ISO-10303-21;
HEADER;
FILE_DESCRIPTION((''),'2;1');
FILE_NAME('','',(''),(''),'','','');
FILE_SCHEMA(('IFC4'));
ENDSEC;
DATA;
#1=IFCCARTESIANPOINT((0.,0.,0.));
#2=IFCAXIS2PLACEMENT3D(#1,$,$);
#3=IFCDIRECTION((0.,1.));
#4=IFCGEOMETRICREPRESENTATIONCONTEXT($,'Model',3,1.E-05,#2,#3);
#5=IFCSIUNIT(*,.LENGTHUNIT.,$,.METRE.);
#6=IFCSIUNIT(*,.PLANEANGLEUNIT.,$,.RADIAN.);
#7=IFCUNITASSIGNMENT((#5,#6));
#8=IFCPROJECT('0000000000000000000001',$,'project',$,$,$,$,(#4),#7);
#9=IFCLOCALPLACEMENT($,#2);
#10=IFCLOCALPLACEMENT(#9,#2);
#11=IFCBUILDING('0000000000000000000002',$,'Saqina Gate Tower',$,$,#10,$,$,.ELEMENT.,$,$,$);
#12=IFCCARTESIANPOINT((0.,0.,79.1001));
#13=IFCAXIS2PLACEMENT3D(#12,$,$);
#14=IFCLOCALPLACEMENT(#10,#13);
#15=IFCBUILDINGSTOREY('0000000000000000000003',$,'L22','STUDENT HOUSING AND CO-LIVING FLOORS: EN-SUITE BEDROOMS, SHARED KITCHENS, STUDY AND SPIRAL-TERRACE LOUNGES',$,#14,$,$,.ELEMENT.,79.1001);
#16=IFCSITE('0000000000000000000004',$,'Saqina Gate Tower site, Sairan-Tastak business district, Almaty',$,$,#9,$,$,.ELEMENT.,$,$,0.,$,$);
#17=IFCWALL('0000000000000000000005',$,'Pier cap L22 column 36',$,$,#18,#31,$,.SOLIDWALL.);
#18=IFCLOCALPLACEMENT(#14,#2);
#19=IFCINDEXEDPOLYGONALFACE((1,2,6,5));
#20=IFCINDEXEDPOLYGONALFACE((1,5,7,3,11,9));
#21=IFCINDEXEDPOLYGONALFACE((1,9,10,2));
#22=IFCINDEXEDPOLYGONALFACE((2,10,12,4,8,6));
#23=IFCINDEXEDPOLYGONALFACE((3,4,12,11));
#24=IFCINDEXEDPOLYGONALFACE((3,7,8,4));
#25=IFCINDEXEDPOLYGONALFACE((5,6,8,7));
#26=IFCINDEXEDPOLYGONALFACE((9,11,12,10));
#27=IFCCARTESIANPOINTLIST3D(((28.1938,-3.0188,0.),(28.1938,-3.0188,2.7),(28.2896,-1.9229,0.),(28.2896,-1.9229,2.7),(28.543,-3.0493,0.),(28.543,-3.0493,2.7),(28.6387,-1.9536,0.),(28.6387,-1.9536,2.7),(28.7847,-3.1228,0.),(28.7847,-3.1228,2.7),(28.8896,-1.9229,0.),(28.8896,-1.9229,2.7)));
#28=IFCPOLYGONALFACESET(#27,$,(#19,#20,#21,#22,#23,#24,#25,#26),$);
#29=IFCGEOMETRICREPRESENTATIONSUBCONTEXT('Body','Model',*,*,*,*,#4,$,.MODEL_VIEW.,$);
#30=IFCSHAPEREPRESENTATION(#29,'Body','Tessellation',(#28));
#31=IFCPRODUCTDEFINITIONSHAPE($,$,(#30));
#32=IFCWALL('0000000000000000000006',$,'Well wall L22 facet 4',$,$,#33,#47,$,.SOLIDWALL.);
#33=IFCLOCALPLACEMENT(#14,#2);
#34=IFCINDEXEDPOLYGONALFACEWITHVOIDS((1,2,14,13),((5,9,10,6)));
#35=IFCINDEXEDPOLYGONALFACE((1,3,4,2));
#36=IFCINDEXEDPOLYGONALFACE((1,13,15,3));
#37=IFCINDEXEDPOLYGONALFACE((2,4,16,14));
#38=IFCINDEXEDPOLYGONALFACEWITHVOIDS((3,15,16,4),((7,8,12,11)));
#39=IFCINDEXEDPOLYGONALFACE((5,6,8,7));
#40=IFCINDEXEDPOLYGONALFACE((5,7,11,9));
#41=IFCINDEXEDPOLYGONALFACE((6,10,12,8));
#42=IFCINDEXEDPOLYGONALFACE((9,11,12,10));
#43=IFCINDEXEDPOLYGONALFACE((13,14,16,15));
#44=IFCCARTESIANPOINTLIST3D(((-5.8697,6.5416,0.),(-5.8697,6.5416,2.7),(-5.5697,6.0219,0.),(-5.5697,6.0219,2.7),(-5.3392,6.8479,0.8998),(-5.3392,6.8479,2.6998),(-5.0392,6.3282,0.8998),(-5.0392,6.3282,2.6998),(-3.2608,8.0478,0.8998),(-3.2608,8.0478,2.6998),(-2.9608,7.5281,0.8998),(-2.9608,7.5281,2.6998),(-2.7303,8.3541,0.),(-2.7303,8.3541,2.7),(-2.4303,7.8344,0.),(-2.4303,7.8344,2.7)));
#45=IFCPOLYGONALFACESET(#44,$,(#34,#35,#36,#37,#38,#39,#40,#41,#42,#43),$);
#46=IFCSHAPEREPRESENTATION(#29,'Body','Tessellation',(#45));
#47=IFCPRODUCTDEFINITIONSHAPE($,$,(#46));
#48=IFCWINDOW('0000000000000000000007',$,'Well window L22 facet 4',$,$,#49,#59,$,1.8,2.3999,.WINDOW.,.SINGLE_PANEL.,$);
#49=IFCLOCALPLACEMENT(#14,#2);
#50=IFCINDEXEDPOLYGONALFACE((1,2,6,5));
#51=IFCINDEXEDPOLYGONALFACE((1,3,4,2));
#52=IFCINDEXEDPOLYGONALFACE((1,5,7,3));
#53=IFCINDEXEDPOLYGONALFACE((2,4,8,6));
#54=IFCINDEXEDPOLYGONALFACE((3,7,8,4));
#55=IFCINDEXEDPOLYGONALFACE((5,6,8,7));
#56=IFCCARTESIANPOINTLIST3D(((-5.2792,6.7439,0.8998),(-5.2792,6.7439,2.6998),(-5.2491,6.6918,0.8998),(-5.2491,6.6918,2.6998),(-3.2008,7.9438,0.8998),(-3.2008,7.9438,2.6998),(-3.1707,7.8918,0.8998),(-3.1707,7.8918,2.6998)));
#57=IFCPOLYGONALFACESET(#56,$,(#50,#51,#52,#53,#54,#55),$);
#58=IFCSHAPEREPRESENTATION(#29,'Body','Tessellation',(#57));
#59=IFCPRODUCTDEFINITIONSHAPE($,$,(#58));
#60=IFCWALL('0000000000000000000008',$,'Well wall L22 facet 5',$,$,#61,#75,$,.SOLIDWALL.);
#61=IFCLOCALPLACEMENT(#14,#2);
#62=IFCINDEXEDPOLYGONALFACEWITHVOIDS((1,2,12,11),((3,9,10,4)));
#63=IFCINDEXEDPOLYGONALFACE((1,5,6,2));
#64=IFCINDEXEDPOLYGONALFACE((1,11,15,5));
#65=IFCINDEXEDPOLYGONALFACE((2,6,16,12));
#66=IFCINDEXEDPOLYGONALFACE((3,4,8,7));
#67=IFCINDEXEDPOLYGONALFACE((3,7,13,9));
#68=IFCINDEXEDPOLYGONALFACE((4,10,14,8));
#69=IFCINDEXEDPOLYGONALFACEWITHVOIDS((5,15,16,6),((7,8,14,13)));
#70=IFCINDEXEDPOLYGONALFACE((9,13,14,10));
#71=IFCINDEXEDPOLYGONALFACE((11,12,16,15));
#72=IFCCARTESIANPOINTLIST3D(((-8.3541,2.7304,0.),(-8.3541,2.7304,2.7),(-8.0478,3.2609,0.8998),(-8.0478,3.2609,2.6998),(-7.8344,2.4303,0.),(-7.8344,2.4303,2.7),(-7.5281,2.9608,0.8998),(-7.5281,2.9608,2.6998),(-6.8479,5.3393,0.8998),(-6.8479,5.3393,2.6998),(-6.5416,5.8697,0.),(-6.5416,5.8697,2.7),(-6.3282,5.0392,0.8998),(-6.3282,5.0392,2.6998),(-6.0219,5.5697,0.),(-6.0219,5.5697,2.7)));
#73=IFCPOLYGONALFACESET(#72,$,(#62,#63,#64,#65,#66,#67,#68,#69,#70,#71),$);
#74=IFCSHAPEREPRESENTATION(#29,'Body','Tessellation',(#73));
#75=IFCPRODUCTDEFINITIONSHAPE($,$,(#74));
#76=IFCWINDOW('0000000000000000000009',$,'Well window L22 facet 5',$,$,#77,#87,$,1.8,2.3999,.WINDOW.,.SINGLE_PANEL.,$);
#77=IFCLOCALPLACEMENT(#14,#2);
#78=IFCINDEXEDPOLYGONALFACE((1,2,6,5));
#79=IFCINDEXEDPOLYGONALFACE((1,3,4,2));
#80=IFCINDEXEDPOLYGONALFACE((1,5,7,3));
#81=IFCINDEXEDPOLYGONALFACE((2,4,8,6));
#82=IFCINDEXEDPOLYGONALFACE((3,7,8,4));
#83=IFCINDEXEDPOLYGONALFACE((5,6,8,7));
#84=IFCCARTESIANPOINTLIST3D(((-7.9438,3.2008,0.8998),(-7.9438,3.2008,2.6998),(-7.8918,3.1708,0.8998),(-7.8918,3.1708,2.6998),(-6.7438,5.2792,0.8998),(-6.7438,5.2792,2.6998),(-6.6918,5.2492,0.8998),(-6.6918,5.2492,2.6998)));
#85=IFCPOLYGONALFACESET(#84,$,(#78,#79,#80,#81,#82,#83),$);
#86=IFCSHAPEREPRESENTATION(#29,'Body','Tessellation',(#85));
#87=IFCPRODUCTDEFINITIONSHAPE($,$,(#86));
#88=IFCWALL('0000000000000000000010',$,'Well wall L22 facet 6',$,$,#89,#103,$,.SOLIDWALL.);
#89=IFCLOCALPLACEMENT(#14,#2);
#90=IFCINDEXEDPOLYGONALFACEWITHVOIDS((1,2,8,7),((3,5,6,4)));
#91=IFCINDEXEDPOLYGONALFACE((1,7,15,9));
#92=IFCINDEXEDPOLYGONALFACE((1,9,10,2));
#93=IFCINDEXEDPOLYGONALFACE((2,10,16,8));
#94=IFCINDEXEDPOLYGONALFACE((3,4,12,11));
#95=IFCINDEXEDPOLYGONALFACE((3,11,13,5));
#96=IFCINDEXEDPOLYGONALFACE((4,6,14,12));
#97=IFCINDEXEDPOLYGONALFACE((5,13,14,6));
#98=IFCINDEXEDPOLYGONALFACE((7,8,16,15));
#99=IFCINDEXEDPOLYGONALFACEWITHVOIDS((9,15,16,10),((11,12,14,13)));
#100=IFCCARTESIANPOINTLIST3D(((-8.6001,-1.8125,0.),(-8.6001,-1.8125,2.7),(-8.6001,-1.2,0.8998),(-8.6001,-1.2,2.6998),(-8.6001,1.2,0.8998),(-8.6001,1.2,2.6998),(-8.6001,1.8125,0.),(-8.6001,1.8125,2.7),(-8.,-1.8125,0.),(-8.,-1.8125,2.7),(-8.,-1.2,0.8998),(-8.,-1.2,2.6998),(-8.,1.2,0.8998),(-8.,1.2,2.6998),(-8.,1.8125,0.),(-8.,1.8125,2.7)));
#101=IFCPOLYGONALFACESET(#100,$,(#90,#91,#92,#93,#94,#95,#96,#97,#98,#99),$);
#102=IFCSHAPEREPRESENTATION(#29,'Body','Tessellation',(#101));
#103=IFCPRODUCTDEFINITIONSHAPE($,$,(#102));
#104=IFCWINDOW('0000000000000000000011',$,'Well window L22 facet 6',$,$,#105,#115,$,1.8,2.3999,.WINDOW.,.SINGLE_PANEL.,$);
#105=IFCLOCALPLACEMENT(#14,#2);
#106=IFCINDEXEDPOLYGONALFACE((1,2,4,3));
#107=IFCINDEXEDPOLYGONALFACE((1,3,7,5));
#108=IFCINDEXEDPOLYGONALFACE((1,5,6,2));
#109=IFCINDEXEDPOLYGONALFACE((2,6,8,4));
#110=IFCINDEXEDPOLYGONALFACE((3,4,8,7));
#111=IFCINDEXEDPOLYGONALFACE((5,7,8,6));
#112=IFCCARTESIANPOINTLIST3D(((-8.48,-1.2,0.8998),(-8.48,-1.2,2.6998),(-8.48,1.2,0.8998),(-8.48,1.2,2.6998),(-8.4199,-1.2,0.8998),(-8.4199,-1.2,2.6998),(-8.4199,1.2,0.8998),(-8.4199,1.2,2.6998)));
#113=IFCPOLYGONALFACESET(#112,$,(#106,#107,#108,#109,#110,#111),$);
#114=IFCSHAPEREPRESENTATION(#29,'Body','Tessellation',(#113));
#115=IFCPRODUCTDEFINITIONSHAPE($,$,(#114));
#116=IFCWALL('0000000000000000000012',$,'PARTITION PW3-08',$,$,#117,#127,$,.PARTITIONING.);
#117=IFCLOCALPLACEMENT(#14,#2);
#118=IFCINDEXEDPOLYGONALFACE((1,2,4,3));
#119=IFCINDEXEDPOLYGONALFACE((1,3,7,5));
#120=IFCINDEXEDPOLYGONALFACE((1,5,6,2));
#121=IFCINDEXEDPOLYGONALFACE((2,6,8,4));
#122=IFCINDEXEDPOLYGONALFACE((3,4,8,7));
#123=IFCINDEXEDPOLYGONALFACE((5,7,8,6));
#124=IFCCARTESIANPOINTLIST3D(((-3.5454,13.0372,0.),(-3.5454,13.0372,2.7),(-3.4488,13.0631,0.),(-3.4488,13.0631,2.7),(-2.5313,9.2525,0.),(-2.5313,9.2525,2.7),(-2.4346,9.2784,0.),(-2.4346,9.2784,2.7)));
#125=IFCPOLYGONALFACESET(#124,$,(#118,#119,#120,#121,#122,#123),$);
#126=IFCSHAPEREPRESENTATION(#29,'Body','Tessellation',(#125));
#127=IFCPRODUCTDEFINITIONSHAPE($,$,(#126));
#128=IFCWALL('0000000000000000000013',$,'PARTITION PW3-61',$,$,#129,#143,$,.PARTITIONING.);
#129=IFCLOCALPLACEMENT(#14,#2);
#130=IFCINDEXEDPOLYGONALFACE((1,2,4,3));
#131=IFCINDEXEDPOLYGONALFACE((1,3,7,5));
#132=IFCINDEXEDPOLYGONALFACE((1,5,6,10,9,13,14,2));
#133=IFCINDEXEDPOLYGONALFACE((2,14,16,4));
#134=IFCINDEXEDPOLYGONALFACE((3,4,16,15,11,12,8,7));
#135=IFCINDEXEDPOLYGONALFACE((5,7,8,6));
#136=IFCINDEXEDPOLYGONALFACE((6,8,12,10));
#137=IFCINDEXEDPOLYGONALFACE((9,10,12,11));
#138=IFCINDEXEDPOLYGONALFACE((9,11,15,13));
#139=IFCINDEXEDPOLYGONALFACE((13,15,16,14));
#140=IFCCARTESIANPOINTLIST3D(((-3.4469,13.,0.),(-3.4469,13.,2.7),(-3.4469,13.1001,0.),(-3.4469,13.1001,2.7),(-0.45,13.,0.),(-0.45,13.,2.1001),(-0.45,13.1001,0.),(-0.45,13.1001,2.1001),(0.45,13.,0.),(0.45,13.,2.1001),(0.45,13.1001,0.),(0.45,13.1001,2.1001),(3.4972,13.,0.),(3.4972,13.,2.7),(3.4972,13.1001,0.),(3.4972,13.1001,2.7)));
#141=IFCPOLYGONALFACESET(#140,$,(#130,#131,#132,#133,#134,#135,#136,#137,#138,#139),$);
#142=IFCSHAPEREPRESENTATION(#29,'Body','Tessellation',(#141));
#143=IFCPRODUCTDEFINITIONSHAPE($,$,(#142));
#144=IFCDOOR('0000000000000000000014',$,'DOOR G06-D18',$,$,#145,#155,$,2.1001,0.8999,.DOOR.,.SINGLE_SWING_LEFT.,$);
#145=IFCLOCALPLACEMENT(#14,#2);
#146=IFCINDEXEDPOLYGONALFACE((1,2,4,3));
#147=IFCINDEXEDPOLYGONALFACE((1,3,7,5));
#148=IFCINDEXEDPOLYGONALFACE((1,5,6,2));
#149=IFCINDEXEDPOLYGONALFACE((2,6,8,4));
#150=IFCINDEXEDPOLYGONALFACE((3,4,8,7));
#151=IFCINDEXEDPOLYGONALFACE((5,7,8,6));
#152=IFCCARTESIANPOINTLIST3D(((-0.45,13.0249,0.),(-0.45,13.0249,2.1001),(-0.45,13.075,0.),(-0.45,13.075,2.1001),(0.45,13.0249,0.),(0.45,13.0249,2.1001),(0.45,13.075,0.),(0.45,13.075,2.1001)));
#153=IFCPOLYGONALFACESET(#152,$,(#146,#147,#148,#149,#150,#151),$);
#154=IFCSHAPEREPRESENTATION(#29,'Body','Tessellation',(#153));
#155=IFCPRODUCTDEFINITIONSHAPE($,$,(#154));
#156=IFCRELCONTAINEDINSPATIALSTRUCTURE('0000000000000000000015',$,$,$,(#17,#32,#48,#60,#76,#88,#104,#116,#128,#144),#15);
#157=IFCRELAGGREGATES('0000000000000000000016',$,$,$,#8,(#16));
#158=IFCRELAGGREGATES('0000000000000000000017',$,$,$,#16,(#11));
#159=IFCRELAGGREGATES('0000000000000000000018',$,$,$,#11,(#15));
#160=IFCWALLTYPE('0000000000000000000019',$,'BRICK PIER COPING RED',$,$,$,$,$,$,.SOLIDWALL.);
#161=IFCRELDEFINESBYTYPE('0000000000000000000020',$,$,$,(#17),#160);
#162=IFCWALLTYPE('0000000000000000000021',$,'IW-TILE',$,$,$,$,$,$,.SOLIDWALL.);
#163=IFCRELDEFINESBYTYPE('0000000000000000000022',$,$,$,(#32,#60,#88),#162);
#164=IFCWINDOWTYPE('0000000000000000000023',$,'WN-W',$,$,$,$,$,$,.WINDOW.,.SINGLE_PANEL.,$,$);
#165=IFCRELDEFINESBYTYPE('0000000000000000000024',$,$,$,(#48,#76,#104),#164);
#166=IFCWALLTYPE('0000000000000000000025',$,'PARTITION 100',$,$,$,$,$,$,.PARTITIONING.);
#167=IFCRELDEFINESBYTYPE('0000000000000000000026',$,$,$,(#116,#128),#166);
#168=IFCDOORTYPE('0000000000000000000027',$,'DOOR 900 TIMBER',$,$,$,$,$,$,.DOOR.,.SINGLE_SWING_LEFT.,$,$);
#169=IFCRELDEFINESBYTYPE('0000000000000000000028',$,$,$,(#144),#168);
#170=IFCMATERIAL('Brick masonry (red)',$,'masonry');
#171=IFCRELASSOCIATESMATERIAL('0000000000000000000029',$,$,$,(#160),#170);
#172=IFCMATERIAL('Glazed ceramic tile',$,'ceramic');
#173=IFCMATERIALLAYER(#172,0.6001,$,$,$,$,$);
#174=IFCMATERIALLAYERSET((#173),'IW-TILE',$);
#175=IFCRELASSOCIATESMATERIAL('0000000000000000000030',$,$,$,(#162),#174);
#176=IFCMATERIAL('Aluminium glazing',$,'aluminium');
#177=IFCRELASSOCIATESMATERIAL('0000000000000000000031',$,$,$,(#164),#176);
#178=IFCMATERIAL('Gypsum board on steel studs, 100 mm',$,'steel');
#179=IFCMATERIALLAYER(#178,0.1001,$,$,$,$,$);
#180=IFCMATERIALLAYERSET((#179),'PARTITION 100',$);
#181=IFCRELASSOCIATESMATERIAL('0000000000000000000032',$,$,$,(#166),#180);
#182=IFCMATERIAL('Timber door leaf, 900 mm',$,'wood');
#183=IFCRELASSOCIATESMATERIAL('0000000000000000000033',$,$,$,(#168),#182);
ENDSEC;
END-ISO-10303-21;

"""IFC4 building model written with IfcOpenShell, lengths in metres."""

from ifc_helpers import new_model, si_unit, direction, frame, frame_2d, origin, place, context, subcontext, project, spatial, polyline, rectangle, outline, extrude, material, layer, layer_set, type_object, element, fill, save


model = new_model("IFC4")

# Units and contexts
model_context = context("Model", 3, precision=1e-05, world=origin(), true_north=direction((0.0, 1.0)))
body_context = subcontext(model_context, "Body", "Model", "MODEL_VIEW")
ifc_project = project(units=[si_unit("LENGTHUNIT", "METRE"), si_unit("PLANEANGLEUNIT", "RADIAN")], contexts=[model_context])

# Site, building, storey
site_placement = place(None, origin())
site = spatial("IfcSite", under=ifc_project, at=site_placement, Name="Saqina Gate Tower site, Sairan-Tastak business district, Almaty", CompositionType="ELEMENT", RefElevation=0.0)
building_placement = place(site_placement, origin())
building = spatial("IfcBuilding", under=site, at=building_placement, Name="Saqina Gate Tower", CompositionType="ELEMENT")
storey_placement = place(building_placement, frame((0.0, 0.0, 79.1001)))
storey = spatial("IfcBuildingStorey", under=building, at=storey_placement, Name="L22", Description="STUDENT HOUSING AND CO-LIVING FLOORS: EN-SUITE BEDROOMS, SHARED KITCHENS, STUDY AND SPIRAL-TERRACE LOUNGES", CompositionType="ELEMENT", Elevation=79.1001)

# Wall
ifc_material_1 = material(Name="Brick masonry (red)", Category="masonry")
wall_type_1 = type_object("IfcWallType", Name="BRICK PIER COPING RED", PredefinedType="SOLIDWALL", material=ifc_material_1)
wall_1_placement = place(storey_placement, origin())
element("IfcWall", 1, at=wall_1_placement, inside=storey, type_object=wall_type_1, Name="Pier cap L22 column 36", PredefinedType="SOLIDWALL", context=body_context, shape_type="SweptSolid", body=[
    extrude(outline(polyline([(28.7847, -3.1228), (28.8896, -1.9229), (28.2896, -1.9229), (28.6387, -1.9536), (28.543, -3.0493), (28.1938, -3.0188), (28.7847, -3.1228)])), origin(), (0.0, 0.0, 1.0), 2.7),
])

# Walls, openings, windows
ifc_material_2 = material(Name="Glazed ceramic tile", Category="ceramic")
ifc_layer_1 = layer(ifc_material_2, 0.6001)
ifc_layer_set_1 = layer_set([ifc_layer_1], Name="IW-TILE")
wall_type_2 = type_object("IfcWallType", Name="IW-TILE", PredefinedType="SOLIDWALL", material=ifc_layer_set_1)
wall_2_placement = place(storey_placement, frame((-2.5803, 8.0942, 0.0), z_axis=(0.0, 0.0, 1.0), x_axis=(-0.86603, -0.499993, 0.0)))
wall_2 = element("IfcWall", 2, at=wall_2_placement, inside=storey, type_object=wall_type_2, Name="Well wall L22 facet 4", PredefinedType="SOLIDWALL", context=body_context, shape_type="SweptSolid", body=[
    extrude(rectangle(XDim=3.625, YDim=0.6001, at=frame_2d((1.8125, 0.0))), origin(), (0.0, 0.0, 1.0), 2.7),
])
opening_1_placement = place(wall_2_placement, frame((0.6125, 0.0, 0.8999)))
opening_1 = element("IfcOpeningElement", 3, at=opening_1_placement, cuts=wall_2, PredefinedType="OPENING", context=body_context, shape_type="SweptSolid", body=[
    extrude(rectangle(XDim=2.3999, YDim=1.8, at=frame_2d((1.2, 0.8999))), frame((0.0, 0.312, 0.0), z_axis=(0.0, -1.0, 0.0), x_axis=(1.0, 0.0, 0.0)), (0.0, 0.0, 1.0), 0.624),
])
ifc_material_3 = material(Name="Aluminium glazing", Category="aluminium")
window_type = type_object("IfcWindowType", Name="WN-W", PartitioningType="SINGLE_PANEL", PredefinedType="WINDOW", material=ifc_material_3)
window_1_placement = place(opening_1_placement, origin())
window_1 = element("IfcWindow", 4, at=window_1_placement, inside=storey, type_object=window_type, Name="Well window L22 facet 4", OverallHeight=1.8, OverallWidth=2.3999, PartitioningType="SINGLE_PANEL", PredefinedType="WINDOW", context=body_context, shape_type="SweptSolid", body=[
    extrude(rectangle(XDim=2.3999, YDim=1.8, at=frame_2d((1.2, 0.8999))), frame((0.0, -0.1199, 0.0), z_axis=(0.0, -1.0, 0.0), x_axis=(1.0, 0.0, 0.0)), (0.0, 0.0, 1.0), 0.0601),
])
fill(opening_1, window_1)
wall_3_placement = place(storey_placement, frame((-6.2817, 5.7197, 0.0), z_axis=(0.0, 0.0, 1.0), x_axis=(-0.499993, -0.86603, 0.0)))
wall_3 = element("IfcWall", 5, at=wall_3_placement, inside=storey, type_object=wall_type_2, Name="Well wall L22 facet 5", PredefinedType="SOLIDWALL", context=body_context, shape_type="SweptSolid", body=[
    extrude(rectangle(XDim=3.625, YDim=0.6001, at=frame_2d((1.8125, 0.0))), origin(), (0.0, 0.0, 1.0), 2.7),
])
opening_2_placement = place(wall_3_placement, frame((0.6125, 0.0, 0.8999)))
opening_2 = element("IfcOpeningElement", 6, at=opening_2_placement, cuts=wall_3, PredefinedType="OPENING", context=body_context, shape_type="SweptSolid", body=[
    extrude(rectangle(XDim=2.3999, YDim=1.8, at=frame_2d((1.2, 0.8999))), frame((0.0, 0.312, 0.0), z_axis=(0.0, -1.0, 0.0), x_axis=(1.0, 0.0, 0.0)), (0.0, 0.0, 1.0), 0.624),
])
window_2_placement = place(opening_2_placement, origin())
window_2 = element("IfcWindow", 7, at=window_2_placement, inside=storey, type_object=window_type, Name="Well window L22 facet 5", OverallHeight=1.8, OverallWidth=2.3999, PartitioningType="SINGLE_PANEL", PredefinedType="WINDOW", context=body_context, shape_type="SweptSolid", body=[
    extrude(rectangle(XDim=2.3999, YDim=1.8, at=frame_2d((1.2, 0.8999))), frame((0.0, -0.1199, 0.0), z_axis=(0.0, -1.0, 0.0), x_axis=(1.0, 0.0, 0.0)), (0.0, 0.0, 1.0), 0.0601),
])
fill(opening_2, window_2)
wall_4_placement = place(storey_placement, frame((-8.3, 1.8125, 0.0), z_axis=(0.0, 0.0, 1.0), x_axis=(0.0, -1.0, 0.0)))
wall_4 = element("IfcWall", 8, at=wall_4_placement, inside=storey, type_object=wall_type_2, Name="Well wall L22 facet 6", PredefinedType="SOLIDWALL", context=body_context, shape_type="SweptSolid", body=[
    extrude(rectangle(XDim=3.625, YDim=0.6001, at=frame_2d((1.8125, 0.0))), origin(), (0.0, 0.0, 1.0), 2.7),
])
opening_3_placement = place(wall_4_placement, frame((0.6125, 0.0, 0.8999)))
opening_3 = element("IfcOpeningElement", 9, at=opening_3_placement, cuts=wall_4, PredefinedType="OPENING", context=body_context, shape_type="SweptSolid", body=[
    extrude(rectangle(XDim=2.3999, YDim=1.8, at=frame_2d((1.2, 0.8999))), frame((0.0, 0.312, 0.0), z_axis=(0.0, -1.0, 0.0), x_axis=(1.0, 0.0, 0.0)), (0.0, 0.0, 1.0), 0.624),
])
window_3_placement = place(opening_3_placement, origin())
window_3 = element("IfcWindow", 10, at=window_3_placement, inside=storey, type_object=window_type, Name="Well window L22 facet 6", OverallHeight=1.8, OverallWidth=2.3999, PartitioningType="SINGLE_PANEL", PredefinedType="WINDOW", context=body_context, shape_type="SweptSolid", body=[
    extrude(rectangle(XDim=2.3999, YDim=1.8, at=frame_2d((1.2, 0.8999))), frame((0.0, -0.1199, 0.0), z_axis=(0.0, -1.0, 0.0), x_axis=(1.0, 0.0, 0.0)), (0.0, 0.0, 1.0), 0.0601),
])
fill(opening_3, window_3)

# Wall
ifc_material_4 = material(Name="Gypsum board on steel studs, 100 mm", Category="steel")
ifc_layer_2 = layer(ifc_material_4, 0.1001)
ifc_layer_set_2 = layer_set([ifc_layer_2], Name="PARTITION 100")
wall_type_3 = type_object("IfcWallType", Name="PARTITION 100", PredefinedType="PARTITIONING", material=ifc_layer_set_2)
wall_5_placement = place(storey_placement, frame((-3.4971, 13.05, 0.0), z_axis=(0.0, 0.0, 1.0), x_axis=(0.258834, -0.965922, 0.0)))
element("IfcWall", 11, at=wall_5_placement, inside=storey, type_object=wall_type_3, Name="PARTITION PW3-08", PredefinedType="PARTITIONING", context=body_context, shape_type="SweptSolid", body=[
    extrude(rectangle(XDim=3.9182, YDim=0.1001, at=frame_2d((1.959, 0.0))), origin(), (0.0, 0.0, 1.0), 2.7),
])

# Wall, opening, door
wall_6_placement = place(storey_placement, frame((-3.447, 13.05, 0.0), z_axis=(0.0, 0.0, 1.0), x_axis=(1.0, 0.0, 0.0)))
wall_6 = element("IfcWall", 12, at=wall_6_placement, inside=storey, type_object=wall_type_3, Name="PARTITION PW3-61", PredefinedType="PARTITIONING", context=body_context, shape_type="SweptSolid", body=[
    extrude(rectangle(XDim=6.9441, YDim=0.1001, at=frame_2d((3.4722, 0.0))), origin(), (0.0, 0.0, 1.0), 2.7),
])
opening_4_placement = place(wall_6_placement, frame((2.9971, 0.0, 0.0)))
opening_4 = element("IfcOpeningElement", 13, at=opening_4_placement, cuts=wall_6, PredefinedType="OPENING", context=body_context, shape_type="SweptSolid", body=[
    extrude(rectangle(XDim=0.8999, YDim=2.1001, at=frame_2d((0.45, 1.05))), frame((0.0, 0.062, 0.0), z_axis=(0.0, -1.0, 0.0), x_axis=(1.0, 0.0, 0.0)), (0.0, 0.0, 1.0), 0.124),
])
ifc_material_5 = material(Name="Timber door leaf, 900 mm", Category="wood")
door_type = type_object("IfcDoorType", Name="DOOR 900 TIMBER", OperationType="SINGLE_SWING_LEFT", PredefinedType="DOOR", material=ifc_material_5)
door_1_placement = place(opening_4_placement, origin())
door_1 = element("IfcDoor", 14, at=door_1_placement, inside=storey, type_object=door_type, Name="DOOR G06-D18", OperationType="SINGLE_SWING_LEFT", OverallHeight=2.1001, OverallWidth=0.8999, PredefinedType="DOOR", context=body_context, shape_type="SweptSolid", body=[
    extrude(rectangle(XDim=0.8999, YDim=2.1001, at=frame_2d((0.45, 1.05))), frame((0.0, 0.0249, 0.0), z_axis=(0.0, -1.0, 0.0), x_axis=(1.0, 0.0, 0.0)), (0.0, 0.0, 1.0), 0.05),
])
fill(opening_4, door_1)

save(model, "model.ifc")
